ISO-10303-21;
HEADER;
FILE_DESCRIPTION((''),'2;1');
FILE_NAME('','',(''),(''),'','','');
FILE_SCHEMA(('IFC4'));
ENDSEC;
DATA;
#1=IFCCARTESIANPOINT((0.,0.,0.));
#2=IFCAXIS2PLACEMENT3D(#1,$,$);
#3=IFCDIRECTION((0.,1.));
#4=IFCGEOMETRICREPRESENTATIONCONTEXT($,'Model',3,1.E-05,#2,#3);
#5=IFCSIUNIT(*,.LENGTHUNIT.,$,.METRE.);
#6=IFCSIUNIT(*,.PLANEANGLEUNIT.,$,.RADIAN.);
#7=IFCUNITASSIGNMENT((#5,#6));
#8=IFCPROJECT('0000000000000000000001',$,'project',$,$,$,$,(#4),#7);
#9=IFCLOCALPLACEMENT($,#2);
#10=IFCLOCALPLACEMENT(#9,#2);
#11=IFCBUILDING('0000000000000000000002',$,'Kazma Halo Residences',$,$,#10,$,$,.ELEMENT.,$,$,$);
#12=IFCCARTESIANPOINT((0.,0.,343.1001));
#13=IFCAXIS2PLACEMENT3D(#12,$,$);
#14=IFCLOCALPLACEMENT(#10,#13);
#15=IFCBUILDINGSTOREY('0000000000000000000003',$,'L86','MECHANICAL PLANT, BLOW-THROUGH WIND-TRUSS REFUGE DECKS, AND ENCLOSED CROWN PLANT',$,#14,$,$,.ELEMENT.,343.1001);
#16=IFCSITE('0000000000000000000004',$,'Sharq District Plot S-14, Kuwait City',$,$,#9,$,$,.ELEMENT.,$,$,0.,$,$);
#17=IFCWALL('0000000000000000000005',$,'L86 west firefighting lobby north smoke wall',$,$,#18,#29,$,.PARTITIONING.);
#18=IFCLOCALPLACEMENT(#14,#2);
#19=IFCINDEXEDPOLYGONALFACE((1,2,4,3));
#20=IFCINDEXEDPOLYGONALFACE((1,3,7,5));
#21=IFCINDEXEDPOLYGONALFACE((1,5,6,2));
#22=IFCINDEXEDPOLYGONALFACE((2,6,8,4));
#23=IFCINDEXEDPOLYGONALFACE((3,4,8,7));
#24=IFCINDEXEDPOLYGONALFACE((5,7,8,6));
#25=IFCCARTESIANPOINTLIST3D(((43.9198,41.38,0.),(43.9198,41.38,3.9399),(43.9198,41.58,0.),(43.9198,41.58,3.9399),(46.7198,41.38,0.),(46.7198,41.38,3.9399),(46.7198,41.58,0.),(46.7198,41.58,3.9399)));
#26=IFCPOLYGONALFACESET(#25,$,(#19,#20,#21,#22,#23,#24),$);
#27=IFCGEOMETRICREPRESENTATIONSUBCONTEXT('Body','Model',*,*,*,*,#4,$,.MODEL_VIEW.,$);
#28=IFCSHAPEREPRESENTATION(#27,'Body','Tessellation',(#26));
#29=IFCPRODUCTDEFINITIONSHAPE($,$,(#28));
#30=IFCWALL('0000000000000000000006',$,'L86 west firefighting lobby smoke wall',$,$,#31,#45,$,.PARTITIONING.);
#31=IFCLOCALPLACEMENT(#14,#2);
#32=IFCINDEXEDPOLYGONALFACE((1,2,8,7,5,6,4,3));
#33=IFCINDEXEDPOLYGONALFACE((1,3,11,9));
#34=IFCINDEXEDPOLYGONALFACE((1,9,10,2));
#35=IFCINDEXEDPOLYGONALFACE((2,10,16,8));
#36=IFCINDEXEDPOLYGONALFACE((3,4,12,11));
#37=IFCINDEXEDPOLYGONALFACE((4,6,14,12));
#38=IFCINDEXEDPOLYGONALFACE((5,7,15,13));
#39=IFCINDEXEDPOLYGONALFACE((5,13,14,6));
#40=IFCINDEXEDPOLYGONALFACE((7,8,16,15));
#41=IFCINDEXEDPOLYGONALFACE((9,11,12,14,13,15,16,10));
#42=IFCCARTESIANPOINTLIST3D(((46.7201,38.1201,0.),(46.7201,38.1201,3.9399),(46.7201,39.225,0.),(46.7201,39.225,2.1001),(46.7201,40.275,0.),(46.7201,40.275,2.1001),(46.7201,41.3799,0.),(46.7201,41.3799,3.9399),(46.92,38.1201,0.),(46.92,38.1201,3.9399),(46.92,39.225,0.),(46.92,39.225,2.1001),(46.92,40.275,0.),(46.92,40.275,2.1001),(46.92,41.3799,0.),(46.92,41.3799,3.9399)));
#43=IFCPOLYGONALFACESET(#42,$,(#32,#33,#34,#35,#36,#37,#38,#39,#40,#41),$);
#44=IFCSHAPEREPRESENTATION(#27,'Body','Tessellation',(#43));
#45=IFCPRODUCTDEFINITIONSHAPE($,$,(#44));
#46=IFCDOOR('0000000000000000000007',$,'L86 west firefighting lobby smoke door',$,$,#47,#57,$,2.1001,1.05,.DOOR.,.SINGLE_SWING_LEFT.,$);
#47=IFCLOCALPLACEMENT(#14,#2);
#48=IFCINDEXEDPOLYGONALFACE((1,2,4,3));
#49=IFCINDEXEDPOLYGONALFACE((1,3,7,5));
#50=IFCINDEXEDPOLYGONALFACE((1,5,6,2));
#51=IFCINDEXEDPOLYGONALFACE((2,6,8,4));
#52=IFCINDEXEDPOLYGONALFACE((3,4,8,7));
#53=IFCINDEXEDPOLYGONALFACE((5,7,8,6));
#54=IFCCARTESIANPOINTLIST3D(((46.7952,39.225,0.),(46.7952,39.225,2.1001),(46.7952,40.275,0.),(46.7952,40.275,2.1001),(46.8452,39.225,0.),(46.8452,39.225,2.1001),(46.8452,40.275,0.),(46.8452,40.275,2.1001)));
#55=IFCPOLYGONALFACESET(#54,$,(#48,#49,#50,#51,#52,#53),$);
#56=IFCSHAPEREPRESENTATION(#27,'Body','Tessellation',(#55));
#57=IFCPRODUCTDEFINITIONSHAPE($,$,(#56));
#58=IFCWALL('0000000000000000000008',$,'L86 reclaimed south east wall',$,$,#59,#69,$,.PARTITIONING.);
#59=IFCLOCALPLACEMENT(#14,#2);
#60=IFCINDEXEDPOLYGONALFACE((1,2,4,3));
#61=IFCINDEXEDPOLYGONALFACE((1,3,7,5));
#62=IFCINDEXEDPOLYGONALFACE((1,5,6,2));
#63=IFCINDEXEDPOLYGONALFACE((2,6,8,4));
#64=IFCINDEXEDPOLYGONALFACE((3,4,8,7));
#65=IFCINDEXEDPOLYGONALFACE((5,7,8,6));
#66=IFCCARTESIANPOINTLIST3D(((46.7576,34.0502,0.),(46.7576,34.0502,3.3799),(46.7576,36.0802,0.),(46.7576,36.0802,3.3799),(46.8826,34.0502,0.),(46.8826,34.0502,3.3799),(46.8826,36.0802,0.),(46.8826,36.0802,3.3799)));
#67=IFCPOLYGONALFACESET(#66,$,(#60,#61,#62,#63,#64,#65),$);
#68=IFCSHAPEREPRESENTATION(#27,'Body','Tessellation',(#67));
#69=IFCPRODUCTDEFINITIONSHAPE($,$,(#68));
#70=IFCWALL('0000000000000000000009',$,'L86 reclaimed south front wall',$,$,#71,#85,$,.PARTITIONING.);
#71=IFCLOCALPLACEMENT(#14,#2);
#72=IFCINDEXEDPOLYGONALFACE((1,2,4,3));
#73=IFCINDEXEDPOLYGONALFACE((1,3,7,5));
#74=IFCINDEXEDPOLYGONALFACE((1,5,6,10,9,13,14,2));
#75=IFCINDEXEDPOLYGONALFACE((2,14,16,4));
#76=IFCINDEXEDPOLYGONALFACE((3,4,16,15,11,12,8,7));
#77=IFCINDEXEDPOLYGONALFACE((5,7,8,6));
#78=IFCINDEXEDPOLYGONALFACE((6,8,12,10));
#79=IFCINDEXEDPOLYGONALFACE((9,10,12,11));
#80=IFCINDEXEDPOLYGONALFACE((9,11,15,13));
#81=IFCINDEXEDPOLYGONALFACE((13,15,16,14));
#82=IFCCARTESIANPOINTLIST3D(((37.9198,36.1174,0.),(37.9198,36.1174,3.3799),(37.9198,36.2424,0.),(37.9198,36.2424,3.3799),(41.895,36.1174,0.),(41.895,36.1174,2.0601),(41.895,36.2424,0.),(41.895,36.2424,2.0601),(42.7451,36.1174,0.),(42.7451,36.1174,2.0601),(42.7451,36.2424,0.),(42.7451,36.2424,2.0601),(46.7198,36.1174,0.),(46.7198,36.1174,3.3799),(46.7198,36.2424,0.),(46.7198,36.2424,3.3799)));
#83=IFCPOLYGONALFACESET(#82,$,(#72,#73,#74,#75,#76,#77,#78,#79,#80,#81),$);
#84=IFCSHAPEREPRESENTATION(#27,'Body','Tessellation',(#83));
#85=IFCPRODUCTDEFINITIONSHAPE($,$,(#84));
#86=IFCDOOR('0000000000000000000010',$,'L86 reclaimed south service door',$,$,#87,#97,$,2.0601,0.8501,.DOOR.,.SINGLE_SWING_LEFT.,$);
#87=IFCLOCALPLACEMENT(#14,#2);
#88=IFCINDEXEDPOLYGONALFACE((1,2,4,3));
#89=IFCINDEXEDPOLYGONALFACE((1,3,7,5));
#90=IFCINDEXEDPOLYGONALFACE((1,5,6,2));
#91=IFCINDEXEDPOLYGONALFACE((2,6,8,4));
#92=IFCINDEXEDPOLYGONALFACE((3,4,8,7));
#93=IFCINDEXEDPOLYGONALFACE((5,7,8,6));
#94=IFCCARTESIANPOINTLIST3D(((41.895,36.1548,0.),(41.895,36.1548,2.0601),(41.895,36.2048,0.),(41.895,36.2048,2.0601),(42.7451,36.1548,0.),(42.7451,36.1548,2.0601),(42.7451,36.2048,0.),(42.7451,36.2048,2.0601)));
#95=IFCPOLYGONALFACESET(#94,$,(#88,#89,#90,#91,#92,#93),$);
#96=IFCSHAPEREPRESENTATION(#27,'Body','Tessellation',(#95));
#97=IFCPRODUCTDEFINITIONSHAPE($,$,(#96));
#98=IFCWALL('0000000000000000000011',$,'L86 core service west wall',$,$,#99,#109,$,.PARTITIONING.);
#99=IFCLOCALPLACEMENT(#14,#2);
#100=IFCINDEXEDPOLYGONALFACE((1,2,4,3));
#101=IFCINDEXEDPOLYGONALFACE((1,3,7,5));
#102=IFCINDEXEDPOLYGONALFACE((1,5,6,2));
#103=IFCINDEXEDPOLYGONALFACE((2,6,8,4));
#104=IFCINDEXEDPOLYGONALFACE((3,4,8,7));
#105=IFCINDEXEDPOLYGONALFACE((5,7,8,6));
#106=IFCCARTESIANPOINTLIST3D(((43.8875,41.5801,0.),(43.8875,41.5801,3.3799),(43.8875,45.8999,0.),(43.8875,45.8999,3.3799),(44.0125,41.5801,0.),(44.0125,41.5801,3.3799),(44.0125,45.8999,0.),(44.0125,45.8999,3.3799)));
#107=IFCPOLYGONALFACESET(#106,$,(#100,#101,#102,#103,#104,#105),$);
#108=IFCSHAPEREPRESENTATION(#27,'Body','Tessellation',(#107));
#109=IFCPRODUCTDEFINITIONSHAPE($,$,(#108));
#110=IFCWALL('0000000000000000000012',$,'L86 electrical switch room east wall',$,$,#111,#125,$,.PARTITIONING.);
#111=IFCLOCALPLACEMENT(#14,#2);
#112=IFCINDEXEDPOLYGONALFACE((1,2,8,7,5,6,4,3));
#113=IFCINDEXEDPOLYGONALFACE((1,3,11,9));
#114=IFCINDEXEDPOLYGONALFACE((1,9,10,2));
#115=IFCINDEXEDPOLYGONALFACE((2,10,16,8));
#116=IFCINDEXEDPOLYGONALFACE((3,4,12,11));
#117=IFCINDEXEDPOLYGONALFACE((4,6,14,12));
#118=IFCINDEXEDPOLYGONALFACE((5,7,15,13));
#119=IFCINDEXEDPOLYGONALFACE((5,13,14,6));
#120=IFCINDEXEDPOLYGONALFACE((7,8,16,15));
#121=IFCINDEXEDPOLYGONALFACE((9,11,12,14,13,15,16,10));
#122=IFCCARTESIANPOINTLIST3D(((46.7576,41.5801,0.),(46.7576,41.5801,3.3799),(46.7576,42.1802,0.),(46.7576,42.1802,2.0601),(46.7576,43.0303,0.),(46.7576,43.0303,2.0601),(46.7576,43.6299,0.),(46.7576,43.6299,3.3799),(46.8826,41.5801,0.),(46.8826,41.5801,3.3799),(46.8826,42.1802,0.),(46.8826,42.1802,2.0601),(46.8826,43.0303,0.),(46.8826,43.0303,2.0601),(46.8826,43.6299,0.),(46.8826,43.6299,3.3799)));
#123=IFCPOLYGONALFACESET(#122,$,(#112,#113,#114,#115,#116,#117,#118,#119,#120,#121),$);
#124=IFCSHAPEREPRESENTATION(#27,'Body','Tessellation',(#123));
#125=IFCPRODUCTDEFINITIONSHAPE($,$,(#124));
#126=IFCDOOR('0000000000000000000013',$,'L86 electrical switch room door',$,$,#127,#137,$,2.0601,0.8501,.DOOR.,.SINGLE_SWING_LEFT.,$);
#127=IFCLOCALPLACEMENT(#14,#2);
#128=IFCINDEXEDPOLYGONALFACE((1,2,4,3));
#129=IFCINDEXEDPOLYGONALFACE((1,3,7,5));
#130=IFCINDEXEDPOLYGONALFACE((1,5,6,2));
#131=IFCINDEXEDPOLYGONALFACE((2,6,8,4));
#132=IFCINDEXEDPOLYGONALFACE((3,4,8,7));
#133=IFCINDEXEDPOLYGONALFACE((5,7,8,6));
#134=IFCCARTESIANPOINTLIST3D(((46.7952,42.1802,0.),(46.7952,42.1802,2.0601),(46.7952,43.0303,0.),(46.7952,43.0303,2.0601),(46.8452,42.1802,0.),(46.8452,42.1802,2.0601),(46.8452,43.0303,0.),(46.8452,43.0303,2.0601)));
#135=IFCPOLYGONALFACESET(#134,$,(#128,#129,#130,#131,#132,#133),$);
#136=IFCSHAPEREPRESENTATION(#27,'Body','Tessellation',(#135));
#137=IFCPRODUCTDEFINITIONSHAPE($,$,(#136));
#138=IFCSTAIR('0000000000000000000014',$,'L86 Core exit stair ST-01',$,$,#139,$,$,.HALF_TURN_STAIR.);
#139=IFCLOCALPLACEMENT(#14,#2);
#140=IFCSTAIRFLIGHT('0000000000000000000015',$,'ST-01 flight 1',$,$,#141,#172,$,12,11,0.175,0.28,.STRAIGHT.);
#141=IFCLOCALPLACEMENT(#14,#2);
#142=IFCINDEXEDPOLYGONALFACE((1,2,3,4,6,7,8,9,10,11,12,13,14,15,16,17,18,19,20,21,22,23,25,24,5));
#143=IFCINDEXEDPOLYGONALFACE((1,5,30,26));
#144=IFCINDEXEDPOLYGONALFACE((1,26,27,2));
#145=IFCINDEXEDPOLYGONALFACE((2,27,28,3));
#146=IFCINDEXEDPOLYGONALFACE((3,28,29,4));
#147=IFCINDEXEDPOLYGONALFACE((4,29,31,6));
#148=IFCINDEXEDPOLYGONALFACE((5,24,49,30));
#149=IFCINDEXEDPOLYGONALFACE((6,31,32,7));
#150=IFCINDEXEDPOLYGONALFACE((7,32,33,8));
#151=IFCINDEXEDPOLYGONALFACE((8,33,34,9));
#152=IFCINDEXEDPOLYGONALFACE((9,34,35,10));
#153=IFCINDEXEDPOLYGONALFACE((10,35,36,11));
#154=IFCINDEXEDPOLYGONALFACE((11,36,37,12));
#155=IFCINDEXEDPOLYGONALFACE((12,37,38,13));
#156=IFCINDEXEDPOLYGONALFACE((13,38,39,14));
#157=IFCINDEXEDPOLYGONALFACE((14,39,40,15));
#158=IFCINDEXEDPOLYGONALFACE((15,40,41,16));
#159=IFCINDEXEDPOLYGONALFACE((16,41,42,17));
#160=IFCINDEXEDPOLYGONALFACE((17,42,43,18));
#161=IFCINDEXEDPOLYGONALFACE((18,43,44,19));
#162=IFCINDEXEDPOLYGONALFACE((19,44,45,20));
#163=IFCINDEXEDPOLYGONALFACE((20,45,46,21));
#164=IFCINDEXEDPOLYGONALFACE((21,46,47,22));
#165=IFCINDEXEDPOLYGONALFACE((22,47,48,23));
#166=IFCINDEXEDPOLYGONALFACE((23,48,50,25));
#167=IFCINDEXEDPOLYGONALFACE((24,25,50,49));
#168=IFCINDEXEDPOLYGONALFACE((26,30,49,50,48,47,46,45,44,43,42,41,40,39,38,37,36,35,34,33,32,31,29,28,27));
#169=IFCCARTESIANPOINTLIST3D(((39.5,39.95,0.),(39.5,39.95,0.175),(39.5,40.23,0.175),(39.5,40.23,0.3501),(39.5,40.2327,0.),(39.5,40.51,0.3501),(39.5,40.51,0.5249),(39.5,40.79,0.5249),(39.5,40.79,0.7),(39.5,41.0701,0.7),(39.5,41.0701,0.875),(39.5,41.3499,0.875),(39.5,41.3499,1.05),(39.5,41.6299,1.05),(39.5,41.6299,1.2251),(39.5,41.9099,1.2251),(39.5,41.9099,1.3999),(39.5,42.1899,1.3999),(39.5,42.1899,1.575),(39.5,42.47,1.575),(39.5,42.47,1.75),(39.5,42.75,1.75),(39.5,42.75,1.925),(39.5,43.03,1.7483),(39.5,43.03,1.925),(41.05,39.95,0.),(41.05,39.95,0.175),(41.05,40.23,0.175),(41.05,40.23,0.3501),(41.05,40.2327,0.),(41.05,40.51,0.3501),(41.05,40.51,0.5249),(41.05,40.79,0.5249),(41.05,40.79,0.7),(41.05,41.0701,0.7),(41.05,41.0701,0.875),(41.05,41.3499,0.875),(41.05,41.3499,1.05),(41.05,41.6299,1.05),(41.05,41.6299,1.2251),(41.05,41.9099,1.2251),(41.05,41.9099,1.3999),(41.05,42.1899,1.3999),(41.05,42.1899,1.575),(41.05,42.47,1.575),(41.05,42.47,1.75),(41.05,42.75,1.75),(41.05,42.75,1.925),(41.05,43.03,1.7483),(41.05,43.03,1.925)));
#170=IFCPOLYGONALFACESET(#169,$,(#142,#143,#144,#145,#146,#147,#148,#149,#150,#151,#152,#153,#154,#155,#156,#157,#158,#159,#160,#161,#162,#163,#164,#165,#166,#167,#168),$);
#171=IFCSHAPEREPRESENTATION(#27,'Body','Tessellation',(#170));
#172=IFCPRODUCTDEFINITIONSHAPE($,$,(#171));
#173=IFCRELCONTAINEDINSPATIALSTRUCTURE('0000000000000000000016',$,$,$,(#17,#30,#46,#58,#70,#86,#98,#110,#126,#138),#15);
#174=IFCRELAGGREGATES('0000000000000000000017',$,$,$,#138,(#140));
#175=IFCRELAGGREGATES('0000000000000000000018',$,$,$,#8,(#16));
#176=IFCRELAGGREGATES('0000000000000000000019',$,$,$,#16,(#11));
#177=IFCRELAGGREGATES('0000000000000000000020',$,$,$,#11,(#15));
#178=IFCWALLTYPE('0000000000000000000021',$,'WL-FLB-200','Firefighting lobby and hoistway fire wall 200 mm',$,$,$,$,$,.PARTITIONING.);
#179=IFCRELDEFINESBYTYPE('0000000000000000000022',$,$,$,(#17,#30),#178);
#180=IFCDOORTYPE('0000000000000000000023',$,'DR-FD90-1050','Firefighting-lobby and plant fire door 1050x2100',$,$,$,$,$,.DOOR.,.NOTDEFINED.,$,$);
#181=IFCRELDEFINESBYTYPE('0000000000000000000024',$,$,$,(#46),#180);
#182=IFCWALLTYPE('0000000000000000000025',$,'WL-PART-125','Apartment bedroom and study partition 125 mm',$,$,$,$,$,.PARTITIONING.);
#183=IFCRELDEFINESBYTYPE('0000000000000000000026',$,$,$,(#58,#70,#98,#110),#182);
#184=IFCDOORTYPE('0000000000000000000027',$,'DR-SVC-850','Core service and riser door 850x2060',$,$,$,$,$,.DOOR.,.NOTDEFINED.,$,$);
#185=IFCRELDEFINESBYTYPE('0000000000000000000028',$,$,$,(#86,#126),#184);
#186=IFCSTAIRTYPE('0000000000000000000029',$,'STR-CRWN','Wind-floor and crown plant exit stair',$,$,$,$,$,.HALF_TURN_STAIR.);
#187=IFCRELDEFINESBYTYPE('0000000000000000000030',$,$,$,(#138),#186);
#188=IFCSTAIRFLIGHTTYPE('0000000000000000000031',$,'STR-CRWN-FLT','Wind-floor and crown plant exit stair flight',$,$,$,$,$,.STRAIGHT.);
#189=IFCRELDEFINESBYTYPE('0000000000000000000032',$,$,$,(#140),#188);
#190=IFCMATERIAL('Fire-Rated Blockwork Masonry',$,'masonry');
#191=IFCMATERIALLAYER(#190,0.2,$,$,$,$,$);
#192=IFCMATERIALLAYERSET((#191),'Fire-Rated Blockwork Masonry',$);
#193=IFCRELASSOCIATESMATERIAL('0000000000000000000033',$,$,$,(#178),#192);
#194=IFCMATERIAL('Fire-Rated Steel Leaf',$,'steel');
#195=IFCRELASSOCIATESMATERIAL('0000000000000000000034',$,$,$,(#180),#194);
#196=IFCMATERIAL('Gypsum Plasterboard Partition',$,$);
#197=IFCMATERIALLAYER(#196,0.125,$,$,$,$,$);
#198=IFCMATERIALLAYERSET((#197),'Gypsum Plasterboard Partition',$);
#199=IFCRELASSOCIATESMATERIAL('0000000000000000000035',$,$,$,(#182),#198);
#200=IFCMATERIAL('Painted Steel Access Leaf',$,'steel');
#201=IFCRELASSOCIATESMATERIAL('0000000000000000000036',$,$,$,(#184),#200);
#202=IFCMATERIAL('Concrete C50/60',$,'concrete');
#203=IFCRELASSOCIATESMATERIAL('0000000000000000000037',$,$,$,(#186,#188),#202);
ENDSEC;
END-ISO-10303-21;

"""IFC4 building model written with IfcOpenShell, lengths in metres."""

from ifc_helpers import new_model, si_unit, direction, frame, frame_2d, origin, place, context, subcontext, project, spatial, polyline, rectangle, outline, extrude, material, layer, layer_set, type_object, element, fill, aggregate, save


model = new_model("IFC4")

# Units and contexts
model_context = context("Model", 3, precision=1e-05, world=origin(), true_north=direction((0.0, 1.0)))
body_context = subcontext(model_context, "Body", "Model", "MODEL_VIEW")
ifc_project = project(units=[si_unit("LENGTHUNIT", "METRE"), si_unit("PLANEANGLEUNIT", "RADIAN")], contexts=[model_context])

# Site, building, storey
site_placement = place(None, origin())
site = spatial("IfcSite", under=ifc_project, at=site_placement, Name="Sharq District Plot S-14, Kuwait City", CompositionType="ELEMENT", RefElevation=0.0)
building_placement = place(site_placement, origin())
building = spatial("IfcBuilding", under=site, at=building_placement, Name="Kazma Halo Residences", CompositionType="ELEMENT")
storey_placement = place(building_placement, frame((0.0, 0.0, 343.1001)))
storey = spatial("IfcBuildingStorey", under=building, at=storey_placement, Name="L86", Description="MECHANICAL PLANT, BLOW-THROUGH WIND-TRUSS REFUGE DECKS, AND ENCLOSED CROWN PLANT", CompositionType="ELEMENT", Elevation=343.1001)

# Wall
ifc_material_1 = material(Name="Fire-Rated Blockwork Masonry", Category="masonry")
ifc_layer_1 = layer(ifc_material_1, 0.2)
ifc_layer_set_1 = layer_set([ifc_layer_1], Name="Fire-Rated Blockwork Masonry")
wall_type_1 = type_object("IfcWallType", Name="WL-FLB-200", Description="Firefighting lobby and hoistway fire wall 200 mm", PredefinedType="PARTITIONING", material=ifc_layer_set_1)
wall_1_placement = place(storey_placement, frame((43.9199, 41.48, 0.0), z_axis=(0.0, 0.0, 1.0), x_axis=(1.0, 0.0, 0.0)))
element("IfcWall", 1, at=wall_1_placement, inside=storey, type_object=wall_type_1, Name="L86 west firefighting lobby north smoke wall", PredefinedType="PARTITIONING", context=body_context, shape_type="SweptSolid", body=[
    extrude(rectangle(XDim=2.8, YDim=0.2, at=frame_2d((1.3999, 0.0))), origin(), (0.0, 0.0, 1.0), 3.9399),
])

# Wall, opening, door
wall_2_placement = place(storey_placement, frame((46.8201, 38.1201, 0.0), z_axis=(0.0, 0.0, 1.0), x_axis=(0.0, 1.0, 0.0)))
wall_2 = element("IfcWall", 2, at=wall_2_placement, inside=storey, type_object=wall_type_1, Name="L86 west firefighting lobby smoke wall", PredefinedType="PARTITIONING", context=body_context, shape_type="SweptSolid", body=[
    extrude(rectangle(XDim=3.2598, YDim=0.2, at=frame_2d((1.6299, 0.0))), origin(), (0.0, 0.0, 1.0), 3.9399),
])
opening_1_placement = place(wall_2_placement, frame((1.105, 0.0, 0.0)))
opening_1 = element("IfcOpeningElement", 3, at=opening_1_placement, cuts=wall_2, PredefinedType="OPENING", context=body_context, shape_type="SweptSolid", body=[
    extrude(rectangle(XDim=1.05, YDim=2.1001, at=frame_2d((0.5249, 1.05))), frame((0.0, 0.1099, 0.0), z_axis=(0.0, -1.0, 0.0), x_axis=(1.0, 0.0, 0.0)), (0.0, 0.0, 1.0), 0.22),
])
ifc_material_2 = material(Name="Fire-Rated Steel Leaf", Category="steel")
door_type_1 = type_object("IfcDoorType", Name="DR-FD90-1050", Description="Firefighting-lobby and plant fire door 1050x2100", OperationType="NOTDEFINED", PredefinedType="DOOR", material=ifc_material_2)
door_1_placement = place(opening_1_placement, origin())
door_1 = element("IfcDoor", 4, at=door_1_placement, inside=storey, type_object=door_type_1, Name="L86 west firefighting lobby smoke door", OperationType="SINGLE_SWING_LEFT", OverallHeight=2.1001, OverallWidth=1.05, PredefinedType="DOOR", context=body_context, shape_type="SweptSolid", body=[
    extrude(rectangle(XDim=1.05, YDim=2.1001, at=frame_2d((0.5249, 1.05))), frame((0.0, 0.0249, 0.0), z_axis=(0.0, -1.0, 0.0), x_axis=(1.0, 0.0, 0.0)), (0.0, 0.0, 1.0), 0.05),
])
fill(opening_1, door_1)

# Wall
ifc_material_3 = material(Name="Gypsum Plasterboard Partition")
ifc_layer_2 = layer(ifc_material_3, 0.125)
ifc_layer_set_2 = layer_set([ifc_layer_2], Name="Gypsum Plasterboard Partition")
wall_type_2 = type_object("IfcWallType", Name="WL-PART-125", Description="Apartment bedroom and study partition 125 mm", PredefinedType="PARTITIONING", material=ifc_layer_set_2)
wall_3_placement = place(storey_placement, frame((46.8201, 34.05, 0.0), z_axis=(0.0, 0.0, 1.0), x_axis=(0.0, 1.0, 0.0)))
element("IfcWall", 5, at=wall_3_placement, inside=storey, type_object=wall_type_2, Name="L86 reclaimed south east wall", PredefinedType="PARTITIONING", context=body_context, shape_type="SweptSolid", body=[
    extrude(rectangle(XDim=2.03, YDim=0.125, at=frame_2d((1.0151, 0.0))), origin(), (0.0, 0.0, 1.0), 3.3799),
])

# Wall, opening, door
wall_4_placement = place(storey_placement, frame((37.9199, 36.1799, 0.0), z_axis=(0.0, 0.0, 1.0), x_axis=(1.0, 0.0, 0.0)))
wall_4 = element("IfcWall", 6, at=wall_4_placement, inside=storey, type_object=wall_type_2, Name="L86 reclaimed south front wall", PredefinedType="PARTITIONING", context=body_context, shape_type="SweptSolid", body=[
    extrude(rectangle(XDim=8.8, YDim=0.125, at=frame_2d((4.3999, 0.0))), origin(), (0.0, 0.0, 1.0), 3.3799),
])
opening_2_placement = place(wall_4_placement, frame((3.9751, 0.0, 0.0)))
opening_2 = element("IfcOpeningElement", 7, at=opening_2_placement, cuts=wall_4, PredefinedType="OPENING", context=body_context, shape_type="SweptSolid", body=[
    extrude(rectangle(XDim=0.8501, YDim=2.0601, at=frame_2d((0.425, 1.03))), frame((0.0, 0.0725, 0.0), z_axis=(0.0, -1.0, 0.0), x_axis=(1.0, 0.0, 0.0)), (0.0, 0.0, 1.0), 0.145),
])
ifc_material_4 = material(Name="Painted Steel Access Leaf", Category="steel")
door_type_2 = type_object("IfcDoorType", Name="DR-SVC-850", Description="Core service and riser door 850x2060", OperationType="NOTDEFINED", PredefinedType="DOOR", material=ifc_material_4)
door_2_placement = place(opening_2_placement, origin())
door_2 = element("IfcDoor", 8, at=door_2_placement, inside=storey, type_object=door_type_2, Name="L86 reclaimed south service door", OperationType="SINGLE_SWING_LEFT", OverallHeight=2.0601, OverallWidth=0.8501, PredefinedType="DOOR", context=body_context, shape_type="SweptSolid", body=[
    extrude(rectangle(XDim=0.8501, YDim=2.0601, at=frame_2d((0.425, 1.03))), frame((0.0, 0.0249, 0.0), z_axis=(0.0, -1.0, 0.0), x_axis=(1.0, 0.0, 0.0)), (0.0, 0.0, 1.0), 0.05),
])
fill(opening_2, door_2)

# Wall
wall_5_placement = place(storey_placement, frame((43.95, 41.5801, 0.0), z_axis=(0.0, 0.0, 1.0), x_axis=(0.0, 1.0, 0.0)))
element("IfcWall", 9, at=wall_5_placement, inside=storey, type_object=wall_type_2, Name="L86 core service west wall", PredefinedType="PARTITIONING", context=body_context, shape_type="SweptSolid", body=[
    extrude(rectangle(XDim=4.3198, YDim=0.125, at=frame_2d((2.1599, 0.0))), origin(), (0.0, 0.0, 1.0), 3.3799),
])

# Wall, opening, door
wall_6_placement = place(storey_placement, frame((46.8201, 41.5801, 0.0), z_axis=(0.0, 0.0, 1.0), x_axis=(0.0, 1.0, 0.0)))
wall_6 = element("IfcWall", 10, at=wall_6_placement, inside=storey, type_object=wall_type_2, Name="L86 electrical switch room east wall", PredefinedType="PARTITIONING", context=body_context, shape_type="SweptSolid", body=[
    extrude(rectangle(XDim=2.0498, YDim=0.125, at=frame_2d((1.0249, 0.0))), origin(), (0.0, 0.0, 1.0), 3.3799),
])
opening_3_placement = place(wall_6_placement, frame((0.6001, 0.0, 0.0)))
opening_3 = element("IfcOpeningElement", 11, at=opening_3_placement, cuts=wall_6, PredefinedType="OPENING", context=body_context, shape_type="SweptSolid", body=[
    extrude(rectangle(XDim=0.8501, YDim=2.0601, at=frame_2d((0.425, 1.03))), frame((0.0, 0.0725, 0.0), z_axis=(0.0, -1.0, 0.0), x_axis=(1.0, 0.0, 0.0)), (0.0, 0.0, 1.0), 0.145),
])
door_3_placement = place(opening_3_placement, origin())
door_3 = element("IfcDoor", 12, at=door_3_placement, inside=storey, type_object=door_type_2, Name="L86 electrical switch room door", OperationType="SINGLE_SWING_LEFT", OverallHeight=2.0601, OverallWidth=0.8501, PredefinedType="DOOR", context=body_context, shape_type="SweptSolid", body=[
    extrude(rectangle(XDim=0.8501, YDim=2.0601, at=frame_2d((0.425, 1.03))), frame((0.0, 0.0249, 0.0), z_axis=(0.0, -1.0, 0.0), x_axis=(1.0, 0.0, 0.0)), (0.0, 0.0, 1.0), 0.05),
])
fill(opening_3, door_3)
ifc_material_5 = material(Name="Concrete C50/60", Category="concrete")

# Stair, stair flight
stair_type = type_object("IfcStairType", Name="STR-CRWN", Description="Wind-floor and crown plant exit stair", PredefinedType="HALF_TURN_STAIR", material=ifc_material_5)
stair_placement = place(storey_placement, origin())
stair = element("IfcStair", 13, at=stair_placement, inside=storey, type_object=stair_type, Name="L86 Core exit stair ST-01", PredefinedType="HALF_TURN_STAIR")
stair_flight_type = type_object("IfcStairFlightType", Name="STR-CRWN-FLT", Description="Wind-floor and crown plant exit stair flight", PredefinedType="STRAIGHT", material=ifc_material_5)
stair_flight_placement = place(storey_placement, frame((40.2749, 39.95, 0.0), z_axis=(0.0, 0.0, 1.0), x_axis=(0.0, 1.0, 0.0)))
stair_flight = element("IfcStairFlight", 14, at=stair_flight_placement, type_object=stair_flight_type, Name="ST-01 flight 1", NumberOfRisers=12, NumberOfTreads=11, PredefinedType="STRAIGHT", RiserHeight=0.175, TreadLength=0.28, context=body_context, shape_type="SweptSolid", body=[
    extrude(outline(polyline([(0.0, 0.0), (0.0, 0.175), (0.28, 0.175), (0.28, 0.3501), (0.5601, 0.3501), (0.5601, 0.5249), (0.8401, 0.5249), (0.8401, 0.7), (1.1201, 0.7), (1.1201, 0.875), (1.3999, 0.875), (1.3999, 1.05), (1.6799, 1.05), (1.6799, 1.2251), (1.96, 1.2251), (1.96, 1.3999), (2.24, 1.3999), (2.24, 1.575), (2.52, 1.575), (2.52, 1.75), (2.8, 1.75), (2.8, 1.925), (3.0801, 1.925), (3.0801, 2.1001), (3.0801, 1.7483), (0.2827, 0.0), (0.0, 0.0)])), frame((0.0, 0.7749, 0.0), z_axis=(0.0, -1.0, 0.0), x_axis=(1.0, 0.0, 0.0)), (0.0, 0.0, 1.0), 1.55),
])
aggregate(stair, [stair_flight])

save(model, "model.ifc")
